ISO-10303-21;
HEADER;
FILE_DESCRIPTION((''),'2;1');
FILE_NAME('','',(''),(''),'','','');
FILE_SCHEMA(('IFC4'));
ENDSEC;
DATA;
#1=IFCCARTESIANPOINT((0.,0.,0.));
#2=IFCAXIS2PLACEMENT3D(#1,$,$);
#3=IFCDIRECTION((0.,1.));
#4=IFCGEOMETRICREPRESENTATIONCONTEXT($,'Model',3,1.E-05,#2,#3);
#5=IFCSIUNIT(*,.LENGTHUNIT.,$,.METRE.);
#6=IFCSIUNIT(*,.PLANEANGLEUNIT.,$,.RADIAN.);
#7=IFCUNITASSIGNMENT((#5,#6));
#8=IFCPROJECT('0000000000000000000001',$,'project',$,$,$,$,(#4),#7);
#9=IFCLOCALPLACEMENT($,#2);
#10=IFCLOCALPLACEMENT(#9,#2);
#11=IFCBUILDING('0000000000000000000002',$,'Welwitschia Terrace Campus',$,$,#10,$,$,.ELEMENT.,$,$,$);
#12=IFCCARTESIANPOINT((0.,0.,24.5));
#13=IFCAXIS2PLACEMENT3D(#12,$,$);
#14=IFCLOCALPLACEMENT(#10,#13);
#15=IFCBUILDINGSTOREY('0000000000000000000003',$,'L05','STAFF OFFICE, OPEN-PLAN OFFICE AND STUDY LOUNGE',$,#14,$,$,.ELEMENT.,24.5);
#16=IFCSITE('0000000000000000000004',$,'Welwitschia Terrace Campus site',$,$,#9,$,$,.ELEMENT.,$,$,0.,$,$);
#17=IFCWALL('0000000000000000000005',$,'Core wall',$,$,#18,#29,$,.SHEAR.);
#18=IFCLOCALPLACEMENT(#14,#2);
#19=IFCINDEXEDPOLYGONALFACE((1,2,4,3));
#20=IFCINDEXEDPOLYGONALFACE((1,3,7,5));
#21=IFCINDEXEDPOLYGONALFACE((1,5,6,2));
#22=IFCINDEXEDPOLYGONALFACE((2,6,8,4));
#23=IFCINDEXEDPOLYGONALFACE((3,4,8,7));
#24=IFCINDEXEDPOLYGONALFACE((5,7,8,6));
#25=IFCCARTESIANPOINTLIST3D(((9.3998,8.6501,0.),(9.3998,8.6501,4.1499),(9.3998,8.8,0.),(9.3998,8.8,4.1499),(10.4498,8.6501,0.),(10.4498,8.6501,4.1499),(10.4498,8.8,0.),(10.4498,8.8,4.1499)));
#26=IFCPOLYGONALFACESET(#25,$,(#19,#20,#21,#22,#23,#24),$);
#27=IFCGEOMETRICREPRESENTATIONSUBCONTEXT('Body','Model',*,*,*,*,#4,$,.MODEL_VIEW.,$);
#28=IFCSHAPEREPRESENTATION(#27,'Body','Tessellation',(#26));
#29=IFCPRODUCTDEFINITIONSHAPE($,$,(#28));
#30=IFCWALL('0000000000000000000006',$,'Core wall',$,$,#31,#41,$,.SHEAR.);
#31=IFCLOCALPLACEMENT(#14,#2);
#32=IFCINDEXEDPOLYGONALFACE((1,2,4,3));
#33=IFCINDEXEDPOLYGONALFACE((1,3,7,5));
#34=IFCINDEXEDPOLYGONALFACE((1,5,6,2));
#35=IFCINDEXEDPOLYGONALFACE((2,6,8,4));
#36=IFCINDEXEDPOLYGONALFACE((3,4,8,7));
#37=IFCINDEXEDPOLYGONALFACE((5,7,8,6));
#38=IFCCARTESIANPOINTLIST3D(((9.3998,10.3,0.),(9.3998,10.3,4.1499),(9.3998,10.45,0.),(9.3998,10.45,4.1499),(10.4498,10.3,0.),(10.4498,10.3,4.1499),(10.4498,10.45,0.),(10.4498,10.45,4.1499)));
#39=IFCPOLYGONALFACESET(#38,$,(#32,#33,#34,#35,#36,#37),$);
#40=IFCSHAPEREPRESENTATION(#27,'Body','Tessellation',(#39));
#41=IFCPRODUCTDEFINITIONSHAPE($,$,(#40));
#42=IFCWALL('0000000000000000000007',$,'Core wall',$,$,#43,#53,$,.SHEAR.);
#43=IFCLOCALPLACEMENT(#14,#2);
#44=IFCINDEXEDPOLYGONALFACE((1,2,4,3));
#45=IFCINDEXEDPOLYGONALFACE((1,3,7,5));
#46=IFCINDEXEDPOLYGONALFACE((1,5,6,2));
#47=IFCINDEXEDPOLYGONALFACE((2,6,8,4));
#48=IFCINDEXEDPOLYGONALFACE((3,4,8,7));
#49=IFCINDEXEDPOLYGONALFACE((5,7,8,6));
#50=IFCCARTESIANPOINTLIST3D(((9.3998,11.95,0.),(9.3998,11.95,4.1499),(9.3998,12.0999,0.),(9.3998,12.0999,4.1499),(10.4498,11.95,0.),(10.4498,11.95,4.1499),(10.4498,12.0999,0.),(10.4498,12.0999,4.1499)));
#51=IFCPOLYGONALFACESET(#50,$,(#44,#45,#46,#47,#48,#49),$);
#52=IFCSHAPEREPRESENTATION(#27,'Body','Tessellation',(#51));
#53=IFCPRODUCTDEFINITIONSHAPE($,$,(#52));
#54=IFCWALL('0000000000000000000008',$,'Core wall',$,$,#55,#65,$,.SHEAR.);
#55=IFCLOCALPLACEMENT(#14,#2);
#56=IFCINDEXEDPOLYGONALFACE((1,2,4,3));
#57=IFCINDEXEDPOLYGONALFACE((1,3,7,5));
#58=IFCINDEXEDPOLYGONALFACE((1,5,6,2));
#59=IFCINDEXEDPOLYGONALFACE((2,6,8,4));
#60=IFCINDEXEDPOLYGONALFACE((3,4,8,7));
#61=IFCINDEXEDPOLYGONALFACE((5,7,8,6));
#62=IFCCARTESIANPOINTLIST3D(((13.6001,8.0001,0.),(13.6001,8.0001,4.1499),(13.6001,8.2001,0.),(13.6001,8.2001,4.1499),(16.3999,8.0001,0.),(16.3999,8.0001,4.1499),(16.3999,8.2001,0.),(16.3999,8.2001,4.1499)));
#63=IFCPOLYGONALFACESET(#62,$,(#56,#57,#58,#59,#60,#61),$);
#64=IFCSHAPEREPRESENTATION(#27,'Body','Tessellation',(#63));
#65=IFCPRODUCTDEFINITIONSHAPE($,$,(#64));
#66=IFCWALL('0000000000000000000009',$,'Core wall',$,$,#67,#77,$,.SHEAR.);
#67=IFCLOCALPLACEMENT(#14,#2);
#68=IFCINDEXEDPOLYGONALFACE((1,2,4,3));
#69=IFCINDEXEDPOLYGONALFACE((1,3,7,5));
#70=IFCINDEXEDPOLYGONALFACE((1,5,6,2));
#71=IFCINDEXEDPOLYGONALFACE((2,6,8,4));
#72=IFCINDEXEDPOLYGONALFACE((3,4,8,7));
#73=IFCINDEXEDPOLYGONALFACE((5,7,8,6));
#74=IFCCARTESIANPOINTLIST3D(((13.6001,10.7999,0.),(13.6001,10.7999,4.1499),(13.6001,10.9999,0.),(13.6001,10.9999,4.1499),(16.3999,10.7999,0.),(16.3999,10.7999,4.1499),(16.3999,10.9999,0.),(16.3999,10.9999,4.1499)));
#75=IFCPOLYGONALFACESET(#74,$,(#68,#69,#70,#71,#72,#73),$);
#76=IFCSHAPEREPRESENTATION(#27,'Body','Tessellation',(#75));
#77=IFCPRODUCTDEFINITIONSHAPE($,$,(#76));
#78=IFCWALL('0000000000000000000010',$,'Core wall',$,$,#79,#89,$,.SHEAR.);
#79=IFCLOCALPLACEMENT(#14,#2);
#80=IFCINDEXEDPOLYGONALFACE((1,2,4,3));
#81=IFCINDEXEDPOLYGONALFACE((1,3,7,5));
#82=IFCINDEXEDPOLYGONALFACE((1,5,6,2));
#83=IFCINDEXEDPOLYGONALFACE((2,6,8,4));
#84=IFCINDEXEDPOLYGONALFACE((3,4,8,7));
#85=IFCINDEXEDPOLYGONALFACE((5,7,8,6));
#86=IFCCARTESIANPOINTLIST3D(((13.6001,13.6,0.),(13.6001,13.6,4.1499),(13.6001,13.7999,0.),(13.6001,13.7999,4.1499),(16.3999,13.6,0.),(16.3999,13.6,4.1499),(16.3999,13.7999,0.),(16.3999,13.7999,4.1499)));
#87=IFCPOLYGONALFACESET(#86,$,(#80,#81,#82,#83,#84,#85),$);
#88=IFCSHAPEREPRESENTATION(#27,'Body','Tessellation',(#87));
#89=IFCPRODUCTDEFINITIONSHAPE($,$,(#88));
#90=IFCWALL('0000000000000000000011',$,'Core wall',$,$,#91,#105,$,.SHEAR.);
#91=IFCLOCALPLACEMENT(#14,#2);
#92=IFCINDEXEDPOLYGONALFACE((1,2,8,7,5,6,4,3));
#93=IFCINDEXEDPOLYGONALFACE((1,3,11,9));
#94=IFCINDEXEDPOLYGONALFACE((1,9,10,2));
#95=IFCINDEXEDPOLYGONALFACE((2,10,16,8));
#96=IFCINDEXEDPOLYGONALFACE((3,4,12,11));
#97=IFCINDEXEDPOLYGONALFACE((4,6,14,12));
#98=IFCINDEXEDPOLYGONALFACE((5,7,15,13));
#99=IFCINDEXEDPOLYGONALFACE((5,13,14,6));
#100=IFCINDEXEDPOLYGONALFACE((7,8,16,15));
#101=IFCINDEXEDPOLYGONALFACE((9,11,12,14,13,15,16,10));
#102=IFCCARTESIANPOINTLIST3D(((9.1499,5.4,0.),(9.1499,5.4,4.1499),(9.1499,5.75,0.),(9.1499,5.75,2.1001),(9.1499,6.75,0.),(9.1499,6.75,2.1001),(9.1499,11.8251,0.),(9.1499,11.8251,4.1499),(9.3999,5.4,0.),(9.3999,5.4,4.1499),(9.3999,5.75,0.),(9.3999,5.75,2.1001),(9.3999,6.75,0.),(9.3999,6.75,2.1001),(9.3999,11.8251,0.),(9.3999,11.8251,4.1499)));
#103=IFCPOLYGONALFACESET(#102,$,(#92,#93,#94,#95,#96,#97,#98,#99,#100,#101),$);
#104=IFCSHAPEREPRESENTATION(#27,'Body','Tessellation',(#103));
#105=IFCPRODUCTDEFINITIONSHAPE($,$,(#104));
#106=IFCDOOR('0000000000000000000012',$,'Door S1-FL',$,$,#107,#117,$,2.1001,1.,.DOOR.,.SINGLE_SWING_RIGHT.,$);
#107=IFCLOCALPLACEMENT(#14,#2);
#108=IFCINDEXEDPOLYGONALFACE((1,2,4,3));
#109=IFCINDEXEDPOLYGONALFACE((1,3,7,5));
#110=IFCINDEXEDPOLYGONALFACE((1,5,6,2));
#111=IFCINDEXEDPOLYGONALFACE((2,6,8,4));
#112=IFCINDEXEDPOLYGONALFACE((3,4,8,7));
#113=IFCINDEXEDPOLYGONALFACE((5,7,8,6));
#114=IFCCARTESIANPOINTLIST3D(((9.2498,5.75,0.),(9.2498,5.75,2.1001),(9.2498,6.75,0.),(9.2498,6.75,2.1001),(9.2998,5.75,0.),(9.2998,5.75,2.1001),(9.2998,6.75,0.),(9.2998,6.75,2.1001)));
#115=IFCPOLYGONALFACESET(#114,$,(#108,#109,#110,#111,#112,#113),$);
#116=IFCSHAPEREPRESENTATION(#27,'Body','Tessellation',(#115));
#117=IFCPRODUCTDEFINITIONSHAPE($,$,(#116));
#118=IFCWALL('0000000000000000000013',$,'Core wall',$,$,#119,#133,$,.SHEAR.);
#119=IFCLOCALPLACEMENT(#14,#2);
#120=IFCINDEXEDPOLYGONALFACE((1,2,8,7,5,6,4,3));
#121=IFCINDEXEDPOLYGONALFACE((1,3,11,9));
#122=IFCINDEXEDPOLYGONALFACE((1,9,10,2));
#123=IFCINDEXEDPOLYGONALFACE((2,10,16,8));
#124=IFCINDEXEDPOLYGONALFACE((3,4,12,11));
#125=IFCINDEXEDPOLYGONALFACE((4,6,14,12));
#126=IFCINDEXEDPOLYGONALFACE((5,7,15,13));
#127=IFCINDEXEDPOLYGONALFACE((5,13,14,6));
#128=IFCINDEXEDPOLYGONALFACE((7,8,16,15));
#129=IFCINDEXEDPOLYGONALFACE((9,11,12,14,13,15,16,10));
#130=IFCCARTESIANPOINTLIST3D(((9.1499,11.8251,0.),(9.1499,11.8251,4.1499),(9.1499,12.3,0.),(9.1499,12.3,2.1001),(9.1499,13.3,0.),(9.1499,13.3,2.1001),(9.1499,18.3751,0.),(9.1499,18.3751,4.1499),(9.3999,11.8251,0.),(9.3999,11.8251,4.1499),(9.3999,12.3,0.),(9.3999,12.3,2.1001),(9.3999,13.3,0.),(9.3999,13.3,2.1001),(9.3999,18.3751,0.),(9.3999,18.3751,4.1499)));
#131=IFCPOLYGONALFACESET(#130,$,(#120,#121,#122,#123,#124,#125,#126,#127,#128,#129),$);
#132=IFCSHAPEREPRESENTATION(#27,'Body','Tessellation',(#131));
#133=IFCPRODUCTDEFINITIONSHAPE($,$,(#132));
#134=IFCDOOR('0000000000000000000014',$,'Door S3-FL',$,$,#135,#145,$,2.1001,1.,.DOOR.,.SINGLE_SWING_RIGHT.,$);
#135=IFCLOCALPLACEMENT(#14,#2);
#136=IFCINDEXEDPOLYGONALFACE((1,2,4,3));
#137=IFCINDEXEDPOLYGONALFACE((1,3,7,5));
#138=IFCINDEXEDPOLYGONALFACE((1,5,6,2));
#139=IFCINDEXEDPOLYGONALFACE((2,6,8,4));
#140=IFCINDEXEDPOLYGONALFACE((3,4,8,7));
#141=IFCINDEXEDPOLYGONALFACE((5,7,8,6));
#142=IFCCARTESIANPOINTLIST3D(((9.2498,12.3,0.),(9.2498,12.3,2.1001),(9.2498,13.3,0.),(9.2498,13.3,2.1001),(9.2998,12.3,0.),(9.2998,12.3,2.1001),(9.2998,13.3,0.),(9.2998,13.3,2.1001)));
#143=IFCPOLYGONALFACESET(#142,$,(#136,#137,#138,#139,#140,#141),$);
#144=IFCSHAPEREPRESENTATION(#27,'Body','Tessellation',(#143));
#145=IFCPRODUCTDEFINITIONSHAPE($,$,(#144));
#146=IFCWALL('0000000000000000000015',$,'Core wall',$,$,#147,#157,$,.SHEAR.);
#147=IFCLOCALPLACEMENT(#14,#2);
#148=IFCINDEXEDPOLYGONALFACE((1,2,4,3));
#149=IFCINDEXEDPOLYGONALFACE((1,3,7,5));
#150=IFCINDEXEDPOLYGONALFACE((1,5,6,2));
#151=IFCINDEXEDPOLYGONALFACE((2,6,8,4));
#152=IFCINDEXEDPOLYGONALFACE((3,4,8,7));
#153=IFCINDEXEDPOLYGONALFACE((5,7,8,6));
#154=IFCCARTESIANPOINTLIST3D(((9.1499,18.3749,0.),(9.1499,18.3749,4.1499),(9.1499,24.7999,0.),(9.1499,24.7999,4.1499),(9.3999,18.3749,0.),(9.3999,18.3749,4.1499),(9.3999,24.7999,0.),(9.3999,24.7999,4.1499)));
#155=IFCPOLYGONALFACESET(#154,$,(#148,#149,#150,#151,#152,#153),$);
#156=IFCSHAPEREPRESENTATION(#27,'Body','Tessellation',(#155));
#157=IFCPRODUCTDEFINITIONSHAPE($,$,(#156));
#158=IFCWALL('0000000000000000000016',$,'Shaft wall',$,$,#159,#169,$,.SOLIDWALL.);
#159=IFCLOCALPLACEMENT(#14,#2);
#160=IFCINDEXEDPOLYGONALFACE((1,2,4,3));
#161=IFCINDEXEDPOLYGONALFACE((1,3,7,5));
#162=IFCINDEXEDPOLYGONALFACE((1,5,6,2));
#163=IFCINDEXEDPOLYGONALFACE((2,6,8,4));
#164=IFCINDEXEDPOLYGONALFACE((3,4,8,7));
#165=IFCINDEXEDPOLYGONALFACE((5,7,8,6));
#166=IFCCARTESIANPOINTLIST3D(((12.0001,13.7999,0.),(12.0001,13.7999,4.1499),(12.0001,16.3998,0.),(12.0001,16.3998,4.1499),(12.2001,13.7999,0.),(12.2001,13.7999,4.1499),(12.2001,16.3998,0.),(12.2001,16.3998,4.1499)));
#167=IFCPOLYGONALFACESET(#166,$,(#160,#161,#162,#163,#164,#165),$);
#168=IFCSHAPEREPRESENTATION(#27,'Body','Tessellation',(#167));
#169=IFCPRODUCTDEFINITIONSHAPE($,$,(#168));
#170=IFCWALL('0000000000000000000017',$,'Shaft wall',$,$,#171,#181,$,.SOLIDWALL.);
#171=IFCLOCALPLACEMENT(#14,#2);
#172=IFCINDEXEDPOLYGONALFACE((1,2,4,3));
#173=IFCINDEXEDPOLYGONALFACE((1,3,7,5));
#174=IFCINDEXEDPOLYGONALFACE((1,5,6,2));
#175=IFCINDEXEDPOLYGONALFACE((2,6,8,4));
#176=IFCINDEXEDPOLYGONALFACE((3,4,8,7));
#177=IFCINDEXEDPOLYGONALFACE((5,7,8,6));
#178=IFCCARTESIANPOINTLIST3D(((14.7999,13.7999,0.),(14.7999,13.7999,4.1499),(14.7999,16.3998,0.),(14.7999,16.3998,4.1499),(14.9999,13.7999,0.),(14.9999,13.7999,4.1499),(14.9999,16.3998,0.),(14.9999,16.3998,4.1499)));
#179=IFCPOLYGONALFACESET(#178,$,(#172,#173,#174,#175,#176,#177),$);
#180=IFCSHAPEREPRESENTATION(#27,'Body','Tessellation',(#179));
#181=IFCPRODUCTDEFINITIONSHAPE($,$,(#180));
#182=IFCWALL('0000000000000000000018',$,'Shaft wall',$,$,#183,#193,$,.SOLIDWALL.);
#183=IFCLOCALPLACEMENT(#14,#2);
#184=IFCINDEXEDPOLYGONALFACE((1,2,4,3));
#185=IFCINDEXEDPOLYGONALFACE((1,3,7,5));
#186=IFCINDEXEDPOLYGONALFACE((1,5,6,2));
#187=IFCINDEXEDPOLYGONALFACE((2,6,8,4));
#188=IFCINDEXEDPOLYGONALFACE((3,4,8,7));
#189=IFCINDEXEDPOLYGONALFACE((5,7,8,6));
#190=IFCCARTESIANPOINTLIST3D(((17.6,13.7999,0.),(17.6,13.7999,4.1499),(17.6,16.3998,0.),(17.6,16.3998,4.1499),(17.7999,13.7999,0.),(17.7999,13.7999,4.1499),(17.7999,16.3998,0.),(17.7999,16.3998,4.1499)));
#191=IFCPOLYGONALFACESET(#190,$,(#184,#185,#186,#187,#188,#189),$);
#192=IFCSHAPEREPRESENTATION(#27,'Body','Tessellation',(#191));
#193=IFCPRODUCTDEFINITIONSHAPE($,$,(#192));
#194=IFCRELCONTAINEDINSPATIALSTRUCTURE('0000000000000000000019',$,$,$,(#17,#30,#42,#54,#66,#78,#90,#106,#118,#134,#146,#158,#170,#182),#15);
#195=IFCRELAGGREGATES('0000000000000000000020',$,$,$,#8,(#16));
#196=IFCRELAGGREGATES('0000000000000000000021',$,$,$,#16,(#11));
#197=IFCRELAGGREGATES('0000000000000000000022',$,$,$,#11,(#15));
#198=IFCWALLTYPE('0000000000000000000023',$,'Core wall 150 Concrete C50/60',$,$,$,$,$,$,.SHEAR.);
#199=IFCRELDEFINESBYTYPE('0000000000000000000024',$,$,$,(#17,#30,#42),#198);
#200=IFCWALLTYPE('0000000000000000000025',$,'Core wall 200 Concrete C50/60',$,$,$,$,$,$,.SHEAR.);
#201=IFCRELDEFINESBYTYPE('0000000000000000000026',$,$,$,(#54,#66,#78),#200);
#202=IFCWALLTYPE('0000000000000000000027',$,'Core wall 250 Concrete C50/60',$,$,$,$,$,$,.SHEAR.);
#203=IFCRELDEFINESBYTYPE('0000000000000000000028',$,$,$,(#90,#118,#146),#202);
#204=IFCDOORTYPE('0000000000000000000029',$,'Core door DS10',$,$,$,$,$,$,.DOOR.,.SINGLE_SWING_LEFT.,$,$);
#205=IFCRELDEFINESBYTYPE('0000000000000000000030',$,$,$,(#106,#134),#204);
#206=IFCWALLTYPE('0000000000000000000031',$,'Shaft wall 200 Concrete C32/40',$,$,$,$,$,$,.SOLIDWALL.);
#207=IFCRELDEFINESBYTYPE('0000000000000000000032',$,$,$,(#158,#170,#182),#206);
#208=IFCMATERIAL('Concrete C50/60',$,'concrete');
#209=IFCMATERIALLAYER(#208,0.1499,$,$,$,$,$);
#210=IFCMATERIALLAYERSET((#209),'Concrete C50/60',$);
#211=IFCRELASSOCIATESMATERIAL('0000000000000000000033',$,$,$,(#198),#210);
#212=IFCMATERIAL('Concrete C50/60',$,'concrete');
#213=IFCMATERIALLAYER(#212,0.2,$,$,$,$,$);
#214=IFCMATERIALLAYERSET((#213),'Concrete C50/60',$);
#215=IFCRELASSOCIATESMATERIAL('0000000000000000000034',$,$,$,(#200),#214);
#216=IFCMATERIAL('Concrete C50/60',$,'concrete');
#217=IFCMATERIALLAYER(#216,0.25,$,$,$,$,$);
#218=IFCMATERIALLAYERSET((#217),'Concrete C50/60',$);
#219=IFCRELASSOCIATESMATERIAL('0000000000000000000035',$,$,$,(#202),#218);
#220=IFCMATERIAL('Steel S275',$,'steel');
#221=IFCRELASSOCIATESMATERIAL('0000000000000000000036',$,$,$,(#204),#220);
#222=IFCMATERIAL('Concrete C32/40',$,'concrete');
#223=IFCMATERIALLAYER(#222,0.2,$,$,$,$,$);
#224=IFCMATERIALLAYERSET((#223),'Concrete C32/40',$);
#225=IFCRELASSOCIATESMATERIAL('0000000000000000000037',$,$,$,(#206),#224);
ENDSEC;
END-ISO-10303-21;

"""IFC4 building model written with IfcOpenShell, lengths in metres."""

from ifc_helpers import new_model, si_unit, direction, frame, frame_2d, origin, place, context, subcontext, project, spatial, rectangle, extrude, material, layer, layer_set, type_object, element, fill, save


model = new_model("IFC4")

# Units and contexts
model_context = context("Model", 3, precision=1e-05, world=origin(), true_north=direction((0.0, 1.0)))
body_context = subcontext(model_context, "Body", "Model", "MODEL_VIEW")
ifc_project = project(units=[si_unit("LENGTHUNIT", "METRE"), si_unit("PLANEANGLEUNIT", "RADIAN")], contexts=[model_context])

# Site, building, storey
site_placement = place(None, origin())
site = spatial("IfcSite", under=ifc_project, at=site_placement, Name="Welwitschia Terrace Campus site", CompositionType="ELEMENT", RefElevation=0.0)
building_placement = place(site_placement, origin())
building = spatial("IfcBuilding", under=site, at=building_placement, Name="Welwitschia Terrace Campus", CompositionType="ELEMENT")
storey_placement = place(building_placement, frame((0.0, 0.0, 24.5)))
storey = spatial("IfcBuildingStorey", under=building, at=storey_placement, Name="L05", Description="STAFF OFFICE, OPEN-PLAN OFFICE AND STUDY LOUNGE", CompositionType="ELEMENT", Elevation=24.5)

# Walls
ifc_material_1 = material(Name="Concrete C50/60", Category="concrete")
ifc_layer_1 = layer(ifc_material_1, 0.1499)
ifc_layer_set_1 = layer_set([ifc_layer_1], Name="Concrete C50/60")
wall_type_1 = type_object("IfcWallType", Name="Core wall 150 Concrete C50/60", PredefinedType="SHEAR", material=ifc_layer_set_1)
for number, where, z_axis, x_axis, name in (
    (1, (9.3999, 8.7251, 0.0), (0.0, 0.0, 1.0), (1.0, 0.0, 0.0), "Core wall"),
    (2, (9.3999, 10.375, 0.0), (0.0, 0.0, 1.0), (1.0, 0.0, 0.0), "Core wall"),
    (3, (9.3999, 12.0249, 0.0), (0.0, 0.0, 1.0), (1.0, 0.0, 0.0), "Core wall"),
):
    element("IfcWall", number, at=place(storey_placement, frame(where, z_axis=z_axis, x_axis=x_axis)), inside=storey, type_object=wall_type_1, Name=name, PredefinedType="SHEAR", context=body_context, shape_type="SweptSolid", body=[
        extrude(rectangle(XDim=1.05, YDim=0.1499, at=frame_2d((0.5249, 0.0))), origin(), (0.0, 0.0, 1.0), 4.1499),
    ])
ifc_material_2 = material(Name="Concrete C50/60", Category="concrete")
ifc_layer_2 = layer(ifc_material_2, 0.2)
ifc_layer_set_2 = layer_set([ifc_layer_2], Name="Concrete C50/60")
wall_type_2 = type_object("IfcWallType", Name="Core wall 200 Concrete C50/60", PredefinedType="SHEAR", material=ifc_layer_set_2)
for number, where, z_axis, x_axis, name in (
    (4, (13.6001, 8.1001, 0.0), (0.0, 0.0, 1.0), (1.0, 0.0, 0.0), "Core wall"),
    (5, (13.6001, 10.8999, 0.0), (0.0, 0.0, 1.0), (1.0, 0.0, 0.0), "Core wall"),
    (6, (13.6001, 13.7, 0.0), (0.0, 0.0, 1.0), (1.0, 0.0, 0.0), "Core wall"),
):
    element("IfcWall", number, at=place(storey_placement, frame(where, z_axis=z_axis, x_axis=x_axis)), inside=storey, type_object=wall_type_2, Name=name, PredefinedType="SHEAR", context=body_context, shape_type="SweptSolid", body=[
        extrude(rectangle(XDim=2.7998, YDim=0.2, at=frame_2d((1.3999, 0.0))), origin(), (0.0, 0.0, 1.0), 4.1499),
    ])

# Walls, openings, doors
ifc_material_3 = material(Name="Concrete C50/60", Category="concrete")
ifc_layer_3 = layer(ifc_material_3, 0.25)
ifc_layer_set_3 = layer_set([ifc_layer_3], Name="Concrete C50/60")
wall_type_3 = type_object("IfcWallType", Name="Core wall 250 Concrete C50/60", PredefinedType="SHEAR", material=ifc_layer_set_3)
wall_1_placement = place(storey_placement, frame((9.2749, 11.825, 0.0), z_axis=(0.0, 0.0, 1.0), x_axis=(0.0, -1.0, 0.0)))
wall_1 = element("IfcWall", 7, at=wall_1_placement, inside=storey, type_object=wall_type_3, Name="Core wall", PredefinedType="SHEAR", context=body_context, shape_type="SweptSolid", body=[
    extrude(rectangle(XDim=6.425, YDim=0.25, at=frame_2d((3.2124, 0.0))), origin(), (0.0, 0.0, 1.0), 4.1499),
])
opening_1_placement = place(wall_1_placement, frame((5.075, 0.0, 0.0)))
opening_1 = element("IfcOpeningElement", 8, at=opening_1_placement, cuts=wall_1, PredefinedType="OPENING", context=body_context, shape_type="SweptSolid", body=[
    extrude(rectangle(XDim=1.0, YDim=2.1001, at=frame_2d((0.5, 1.05))), frame((0.0, 0.135, 0.0), z_axis=(0.0, -1.0, 0.0), x_axis=(1.0, 0.0, 0.0)), (0.0, 0.0, 1.0), 0.27),
])
ifc_material_4 = material(Name="Steel S275", Category="steel")
door_type_1 = type_object("IfcDoorType", Name="Core door DS10", OperationType="SINGLE_SWING_LEFT", PredefinedType="DOOR", material=ifc_material_4)
door_1_placement = place(opening_1_placement, origin())
door_1 = element("IfcDoor", 9, at=door_1_placement, inside=storey, type_object=door_type_1, Name="Door S1-FL", OperationType="SINGLE_SWING_RIGHT", OverallHeight=2.1001, OverallWidth=1.0, PredefinedType="DOOR", context=body_context, shape_type="SweptSolid", body=[
    extrude(rectangle(XDim=1.0, YDim=2.1001, at=frame_2d((0.5, 1.05))), frame((0.0, 0.0249, 0.0), z_axis=(0.0, -1.0, 0.0), x_axis=(1.0, 0.0, 0.0)), (0.0, 0.0, 1.0), 0.05),
])
fill(opening_1, door_1)
wall_2_placement = place(storey_placement, frame((9.2749, 18.375, 0.0), z_axis=(0.0, 0.0, 1.0), x_axis=(0.0, -1.0, 0.0)))
wall_2 = element("IfcWall", 10, at=wall_2_placement, inside=storey, type_object=wall_type_3, Name="Core wall", PredefinedType="SHEAR", context=body_context, shape_type="SweptSolid", body=[
    extrude(rectangle(XDim=6.55, YDim=0.25, at=frame_2d((3.2749, 0.0))), origin(), (0.0, 0.0, 1.0), 4.1499),
])
opening_2_placement = place(wall_2_placement, frame((5.075, 0.0, 0.0)))
opening_2 = element("IfcOpeningElement", 11, at=opening_2_placement, cuts=wall_2, PredefinedType="OPENING", context=body_context, shape_type="SweptSolid", body=[
    extrude(rectangle(XDim=1.0, YDim=2.1001, at=frame_2d((0.5, 1.05))), frame((0.0, 0.135, 0.0), z_axis=(0.0, -1.0, 0.0), x_axis=(1.0, 0.0, 0.0)), (0.0, 0.0, 1.0), 0.27),
])
door_2_placement = place(opening_2_placement, origin())
door_2 = element("IfcDoor", 12, at=door_2_placement, inside=storey, type_object=door_type_1, Name="Door S3-FL", OperationType="SINGLE_SWING_RIGHT", OverallHeight=2.1001, OverallWidth=1.0, PredefinedType="DOOR", context=body_context, shape_type="SweptSolid", body=[
    extrude(rectangle(XDim=1.0, YDim=2.1001, at=frame_2d((0.5, 1.05))), frame((0.0, 0.0249, 0.0), z_axis=(0.0, -1.0, 0.0), x_axis=(1.0, 0.0, 0.0)), (0.0, 0.0, 1.0), 0.05),
])
fill(opening_2, door_2)

# Walls
wall_3_placement = place(storey_placement, frame((9.2749, 18.375, 0.0), z_axis=(0.0, 0.0, 1.0), x_axis=(0.0, 1.0, 0.0)))
element("IfcWall", 13, at=wall_3_placement, inside=storey, type_object=wall_type_3, Name="Core wall", PredefinedType="SHEAR", context=body_context, shape_type="SweptSolid", body=[
    extrude(rectangle(XDim=6.425, YDim=0.25, at=frame_2d((3.2124, 0.0))), origin(), (0.0, 0.0, 1.0), 4.1499),
])
ifc_material_5 = material(Name="Concrete C32/40", Category="concrete")
ifc_layer_4 = layer(ifc_material_5, 0.2)
ifc_layer_set_4 = layer_set([ifc_layer_4], Name="Concrete C32/40")
wall_type_4 = type_object("IfcWallType", Name="Shaft wall 200 Concrete C32/40", PredefinedType="SOLIDWALL", material=ifc_layer_set_4)
for number, where, z_axis, x_axis, name in (
    (14, (12.1001, 13.8, 0.0), (0.0, 0.0, 1.0), (0.0, 1.0, 0.0), "Shaft wall"),
    (15, (14.8999, 13.8, 0.0), (0.0, 0.0, 1.0), (0.0, 1.0, 0.0), "Shaft wall"),
    (16, (17.7, 13.8, 0.0), (0.0, 0.0, 1.0), (0.0, 1.0, 0.0), "Shaft wall"),
):
    element("IfcWall", number, at=place(storey_placement, frame(where, z_axis=z_axis, x_axis=x_axis)), inside=storey, type_object=wall_type_4, Name=name, PredefinedType="SOLIDWALL", context=body_context, shape_type="SweptSolid", body=[
        extrude(rectangle(XDim=2.5999, YDim=0.2, at=frame_2d((1.2998, 0.0))), origin(), (0.0, 0.0, 1.0), 4.1499),
    ])

save(model, "model.ifc")
